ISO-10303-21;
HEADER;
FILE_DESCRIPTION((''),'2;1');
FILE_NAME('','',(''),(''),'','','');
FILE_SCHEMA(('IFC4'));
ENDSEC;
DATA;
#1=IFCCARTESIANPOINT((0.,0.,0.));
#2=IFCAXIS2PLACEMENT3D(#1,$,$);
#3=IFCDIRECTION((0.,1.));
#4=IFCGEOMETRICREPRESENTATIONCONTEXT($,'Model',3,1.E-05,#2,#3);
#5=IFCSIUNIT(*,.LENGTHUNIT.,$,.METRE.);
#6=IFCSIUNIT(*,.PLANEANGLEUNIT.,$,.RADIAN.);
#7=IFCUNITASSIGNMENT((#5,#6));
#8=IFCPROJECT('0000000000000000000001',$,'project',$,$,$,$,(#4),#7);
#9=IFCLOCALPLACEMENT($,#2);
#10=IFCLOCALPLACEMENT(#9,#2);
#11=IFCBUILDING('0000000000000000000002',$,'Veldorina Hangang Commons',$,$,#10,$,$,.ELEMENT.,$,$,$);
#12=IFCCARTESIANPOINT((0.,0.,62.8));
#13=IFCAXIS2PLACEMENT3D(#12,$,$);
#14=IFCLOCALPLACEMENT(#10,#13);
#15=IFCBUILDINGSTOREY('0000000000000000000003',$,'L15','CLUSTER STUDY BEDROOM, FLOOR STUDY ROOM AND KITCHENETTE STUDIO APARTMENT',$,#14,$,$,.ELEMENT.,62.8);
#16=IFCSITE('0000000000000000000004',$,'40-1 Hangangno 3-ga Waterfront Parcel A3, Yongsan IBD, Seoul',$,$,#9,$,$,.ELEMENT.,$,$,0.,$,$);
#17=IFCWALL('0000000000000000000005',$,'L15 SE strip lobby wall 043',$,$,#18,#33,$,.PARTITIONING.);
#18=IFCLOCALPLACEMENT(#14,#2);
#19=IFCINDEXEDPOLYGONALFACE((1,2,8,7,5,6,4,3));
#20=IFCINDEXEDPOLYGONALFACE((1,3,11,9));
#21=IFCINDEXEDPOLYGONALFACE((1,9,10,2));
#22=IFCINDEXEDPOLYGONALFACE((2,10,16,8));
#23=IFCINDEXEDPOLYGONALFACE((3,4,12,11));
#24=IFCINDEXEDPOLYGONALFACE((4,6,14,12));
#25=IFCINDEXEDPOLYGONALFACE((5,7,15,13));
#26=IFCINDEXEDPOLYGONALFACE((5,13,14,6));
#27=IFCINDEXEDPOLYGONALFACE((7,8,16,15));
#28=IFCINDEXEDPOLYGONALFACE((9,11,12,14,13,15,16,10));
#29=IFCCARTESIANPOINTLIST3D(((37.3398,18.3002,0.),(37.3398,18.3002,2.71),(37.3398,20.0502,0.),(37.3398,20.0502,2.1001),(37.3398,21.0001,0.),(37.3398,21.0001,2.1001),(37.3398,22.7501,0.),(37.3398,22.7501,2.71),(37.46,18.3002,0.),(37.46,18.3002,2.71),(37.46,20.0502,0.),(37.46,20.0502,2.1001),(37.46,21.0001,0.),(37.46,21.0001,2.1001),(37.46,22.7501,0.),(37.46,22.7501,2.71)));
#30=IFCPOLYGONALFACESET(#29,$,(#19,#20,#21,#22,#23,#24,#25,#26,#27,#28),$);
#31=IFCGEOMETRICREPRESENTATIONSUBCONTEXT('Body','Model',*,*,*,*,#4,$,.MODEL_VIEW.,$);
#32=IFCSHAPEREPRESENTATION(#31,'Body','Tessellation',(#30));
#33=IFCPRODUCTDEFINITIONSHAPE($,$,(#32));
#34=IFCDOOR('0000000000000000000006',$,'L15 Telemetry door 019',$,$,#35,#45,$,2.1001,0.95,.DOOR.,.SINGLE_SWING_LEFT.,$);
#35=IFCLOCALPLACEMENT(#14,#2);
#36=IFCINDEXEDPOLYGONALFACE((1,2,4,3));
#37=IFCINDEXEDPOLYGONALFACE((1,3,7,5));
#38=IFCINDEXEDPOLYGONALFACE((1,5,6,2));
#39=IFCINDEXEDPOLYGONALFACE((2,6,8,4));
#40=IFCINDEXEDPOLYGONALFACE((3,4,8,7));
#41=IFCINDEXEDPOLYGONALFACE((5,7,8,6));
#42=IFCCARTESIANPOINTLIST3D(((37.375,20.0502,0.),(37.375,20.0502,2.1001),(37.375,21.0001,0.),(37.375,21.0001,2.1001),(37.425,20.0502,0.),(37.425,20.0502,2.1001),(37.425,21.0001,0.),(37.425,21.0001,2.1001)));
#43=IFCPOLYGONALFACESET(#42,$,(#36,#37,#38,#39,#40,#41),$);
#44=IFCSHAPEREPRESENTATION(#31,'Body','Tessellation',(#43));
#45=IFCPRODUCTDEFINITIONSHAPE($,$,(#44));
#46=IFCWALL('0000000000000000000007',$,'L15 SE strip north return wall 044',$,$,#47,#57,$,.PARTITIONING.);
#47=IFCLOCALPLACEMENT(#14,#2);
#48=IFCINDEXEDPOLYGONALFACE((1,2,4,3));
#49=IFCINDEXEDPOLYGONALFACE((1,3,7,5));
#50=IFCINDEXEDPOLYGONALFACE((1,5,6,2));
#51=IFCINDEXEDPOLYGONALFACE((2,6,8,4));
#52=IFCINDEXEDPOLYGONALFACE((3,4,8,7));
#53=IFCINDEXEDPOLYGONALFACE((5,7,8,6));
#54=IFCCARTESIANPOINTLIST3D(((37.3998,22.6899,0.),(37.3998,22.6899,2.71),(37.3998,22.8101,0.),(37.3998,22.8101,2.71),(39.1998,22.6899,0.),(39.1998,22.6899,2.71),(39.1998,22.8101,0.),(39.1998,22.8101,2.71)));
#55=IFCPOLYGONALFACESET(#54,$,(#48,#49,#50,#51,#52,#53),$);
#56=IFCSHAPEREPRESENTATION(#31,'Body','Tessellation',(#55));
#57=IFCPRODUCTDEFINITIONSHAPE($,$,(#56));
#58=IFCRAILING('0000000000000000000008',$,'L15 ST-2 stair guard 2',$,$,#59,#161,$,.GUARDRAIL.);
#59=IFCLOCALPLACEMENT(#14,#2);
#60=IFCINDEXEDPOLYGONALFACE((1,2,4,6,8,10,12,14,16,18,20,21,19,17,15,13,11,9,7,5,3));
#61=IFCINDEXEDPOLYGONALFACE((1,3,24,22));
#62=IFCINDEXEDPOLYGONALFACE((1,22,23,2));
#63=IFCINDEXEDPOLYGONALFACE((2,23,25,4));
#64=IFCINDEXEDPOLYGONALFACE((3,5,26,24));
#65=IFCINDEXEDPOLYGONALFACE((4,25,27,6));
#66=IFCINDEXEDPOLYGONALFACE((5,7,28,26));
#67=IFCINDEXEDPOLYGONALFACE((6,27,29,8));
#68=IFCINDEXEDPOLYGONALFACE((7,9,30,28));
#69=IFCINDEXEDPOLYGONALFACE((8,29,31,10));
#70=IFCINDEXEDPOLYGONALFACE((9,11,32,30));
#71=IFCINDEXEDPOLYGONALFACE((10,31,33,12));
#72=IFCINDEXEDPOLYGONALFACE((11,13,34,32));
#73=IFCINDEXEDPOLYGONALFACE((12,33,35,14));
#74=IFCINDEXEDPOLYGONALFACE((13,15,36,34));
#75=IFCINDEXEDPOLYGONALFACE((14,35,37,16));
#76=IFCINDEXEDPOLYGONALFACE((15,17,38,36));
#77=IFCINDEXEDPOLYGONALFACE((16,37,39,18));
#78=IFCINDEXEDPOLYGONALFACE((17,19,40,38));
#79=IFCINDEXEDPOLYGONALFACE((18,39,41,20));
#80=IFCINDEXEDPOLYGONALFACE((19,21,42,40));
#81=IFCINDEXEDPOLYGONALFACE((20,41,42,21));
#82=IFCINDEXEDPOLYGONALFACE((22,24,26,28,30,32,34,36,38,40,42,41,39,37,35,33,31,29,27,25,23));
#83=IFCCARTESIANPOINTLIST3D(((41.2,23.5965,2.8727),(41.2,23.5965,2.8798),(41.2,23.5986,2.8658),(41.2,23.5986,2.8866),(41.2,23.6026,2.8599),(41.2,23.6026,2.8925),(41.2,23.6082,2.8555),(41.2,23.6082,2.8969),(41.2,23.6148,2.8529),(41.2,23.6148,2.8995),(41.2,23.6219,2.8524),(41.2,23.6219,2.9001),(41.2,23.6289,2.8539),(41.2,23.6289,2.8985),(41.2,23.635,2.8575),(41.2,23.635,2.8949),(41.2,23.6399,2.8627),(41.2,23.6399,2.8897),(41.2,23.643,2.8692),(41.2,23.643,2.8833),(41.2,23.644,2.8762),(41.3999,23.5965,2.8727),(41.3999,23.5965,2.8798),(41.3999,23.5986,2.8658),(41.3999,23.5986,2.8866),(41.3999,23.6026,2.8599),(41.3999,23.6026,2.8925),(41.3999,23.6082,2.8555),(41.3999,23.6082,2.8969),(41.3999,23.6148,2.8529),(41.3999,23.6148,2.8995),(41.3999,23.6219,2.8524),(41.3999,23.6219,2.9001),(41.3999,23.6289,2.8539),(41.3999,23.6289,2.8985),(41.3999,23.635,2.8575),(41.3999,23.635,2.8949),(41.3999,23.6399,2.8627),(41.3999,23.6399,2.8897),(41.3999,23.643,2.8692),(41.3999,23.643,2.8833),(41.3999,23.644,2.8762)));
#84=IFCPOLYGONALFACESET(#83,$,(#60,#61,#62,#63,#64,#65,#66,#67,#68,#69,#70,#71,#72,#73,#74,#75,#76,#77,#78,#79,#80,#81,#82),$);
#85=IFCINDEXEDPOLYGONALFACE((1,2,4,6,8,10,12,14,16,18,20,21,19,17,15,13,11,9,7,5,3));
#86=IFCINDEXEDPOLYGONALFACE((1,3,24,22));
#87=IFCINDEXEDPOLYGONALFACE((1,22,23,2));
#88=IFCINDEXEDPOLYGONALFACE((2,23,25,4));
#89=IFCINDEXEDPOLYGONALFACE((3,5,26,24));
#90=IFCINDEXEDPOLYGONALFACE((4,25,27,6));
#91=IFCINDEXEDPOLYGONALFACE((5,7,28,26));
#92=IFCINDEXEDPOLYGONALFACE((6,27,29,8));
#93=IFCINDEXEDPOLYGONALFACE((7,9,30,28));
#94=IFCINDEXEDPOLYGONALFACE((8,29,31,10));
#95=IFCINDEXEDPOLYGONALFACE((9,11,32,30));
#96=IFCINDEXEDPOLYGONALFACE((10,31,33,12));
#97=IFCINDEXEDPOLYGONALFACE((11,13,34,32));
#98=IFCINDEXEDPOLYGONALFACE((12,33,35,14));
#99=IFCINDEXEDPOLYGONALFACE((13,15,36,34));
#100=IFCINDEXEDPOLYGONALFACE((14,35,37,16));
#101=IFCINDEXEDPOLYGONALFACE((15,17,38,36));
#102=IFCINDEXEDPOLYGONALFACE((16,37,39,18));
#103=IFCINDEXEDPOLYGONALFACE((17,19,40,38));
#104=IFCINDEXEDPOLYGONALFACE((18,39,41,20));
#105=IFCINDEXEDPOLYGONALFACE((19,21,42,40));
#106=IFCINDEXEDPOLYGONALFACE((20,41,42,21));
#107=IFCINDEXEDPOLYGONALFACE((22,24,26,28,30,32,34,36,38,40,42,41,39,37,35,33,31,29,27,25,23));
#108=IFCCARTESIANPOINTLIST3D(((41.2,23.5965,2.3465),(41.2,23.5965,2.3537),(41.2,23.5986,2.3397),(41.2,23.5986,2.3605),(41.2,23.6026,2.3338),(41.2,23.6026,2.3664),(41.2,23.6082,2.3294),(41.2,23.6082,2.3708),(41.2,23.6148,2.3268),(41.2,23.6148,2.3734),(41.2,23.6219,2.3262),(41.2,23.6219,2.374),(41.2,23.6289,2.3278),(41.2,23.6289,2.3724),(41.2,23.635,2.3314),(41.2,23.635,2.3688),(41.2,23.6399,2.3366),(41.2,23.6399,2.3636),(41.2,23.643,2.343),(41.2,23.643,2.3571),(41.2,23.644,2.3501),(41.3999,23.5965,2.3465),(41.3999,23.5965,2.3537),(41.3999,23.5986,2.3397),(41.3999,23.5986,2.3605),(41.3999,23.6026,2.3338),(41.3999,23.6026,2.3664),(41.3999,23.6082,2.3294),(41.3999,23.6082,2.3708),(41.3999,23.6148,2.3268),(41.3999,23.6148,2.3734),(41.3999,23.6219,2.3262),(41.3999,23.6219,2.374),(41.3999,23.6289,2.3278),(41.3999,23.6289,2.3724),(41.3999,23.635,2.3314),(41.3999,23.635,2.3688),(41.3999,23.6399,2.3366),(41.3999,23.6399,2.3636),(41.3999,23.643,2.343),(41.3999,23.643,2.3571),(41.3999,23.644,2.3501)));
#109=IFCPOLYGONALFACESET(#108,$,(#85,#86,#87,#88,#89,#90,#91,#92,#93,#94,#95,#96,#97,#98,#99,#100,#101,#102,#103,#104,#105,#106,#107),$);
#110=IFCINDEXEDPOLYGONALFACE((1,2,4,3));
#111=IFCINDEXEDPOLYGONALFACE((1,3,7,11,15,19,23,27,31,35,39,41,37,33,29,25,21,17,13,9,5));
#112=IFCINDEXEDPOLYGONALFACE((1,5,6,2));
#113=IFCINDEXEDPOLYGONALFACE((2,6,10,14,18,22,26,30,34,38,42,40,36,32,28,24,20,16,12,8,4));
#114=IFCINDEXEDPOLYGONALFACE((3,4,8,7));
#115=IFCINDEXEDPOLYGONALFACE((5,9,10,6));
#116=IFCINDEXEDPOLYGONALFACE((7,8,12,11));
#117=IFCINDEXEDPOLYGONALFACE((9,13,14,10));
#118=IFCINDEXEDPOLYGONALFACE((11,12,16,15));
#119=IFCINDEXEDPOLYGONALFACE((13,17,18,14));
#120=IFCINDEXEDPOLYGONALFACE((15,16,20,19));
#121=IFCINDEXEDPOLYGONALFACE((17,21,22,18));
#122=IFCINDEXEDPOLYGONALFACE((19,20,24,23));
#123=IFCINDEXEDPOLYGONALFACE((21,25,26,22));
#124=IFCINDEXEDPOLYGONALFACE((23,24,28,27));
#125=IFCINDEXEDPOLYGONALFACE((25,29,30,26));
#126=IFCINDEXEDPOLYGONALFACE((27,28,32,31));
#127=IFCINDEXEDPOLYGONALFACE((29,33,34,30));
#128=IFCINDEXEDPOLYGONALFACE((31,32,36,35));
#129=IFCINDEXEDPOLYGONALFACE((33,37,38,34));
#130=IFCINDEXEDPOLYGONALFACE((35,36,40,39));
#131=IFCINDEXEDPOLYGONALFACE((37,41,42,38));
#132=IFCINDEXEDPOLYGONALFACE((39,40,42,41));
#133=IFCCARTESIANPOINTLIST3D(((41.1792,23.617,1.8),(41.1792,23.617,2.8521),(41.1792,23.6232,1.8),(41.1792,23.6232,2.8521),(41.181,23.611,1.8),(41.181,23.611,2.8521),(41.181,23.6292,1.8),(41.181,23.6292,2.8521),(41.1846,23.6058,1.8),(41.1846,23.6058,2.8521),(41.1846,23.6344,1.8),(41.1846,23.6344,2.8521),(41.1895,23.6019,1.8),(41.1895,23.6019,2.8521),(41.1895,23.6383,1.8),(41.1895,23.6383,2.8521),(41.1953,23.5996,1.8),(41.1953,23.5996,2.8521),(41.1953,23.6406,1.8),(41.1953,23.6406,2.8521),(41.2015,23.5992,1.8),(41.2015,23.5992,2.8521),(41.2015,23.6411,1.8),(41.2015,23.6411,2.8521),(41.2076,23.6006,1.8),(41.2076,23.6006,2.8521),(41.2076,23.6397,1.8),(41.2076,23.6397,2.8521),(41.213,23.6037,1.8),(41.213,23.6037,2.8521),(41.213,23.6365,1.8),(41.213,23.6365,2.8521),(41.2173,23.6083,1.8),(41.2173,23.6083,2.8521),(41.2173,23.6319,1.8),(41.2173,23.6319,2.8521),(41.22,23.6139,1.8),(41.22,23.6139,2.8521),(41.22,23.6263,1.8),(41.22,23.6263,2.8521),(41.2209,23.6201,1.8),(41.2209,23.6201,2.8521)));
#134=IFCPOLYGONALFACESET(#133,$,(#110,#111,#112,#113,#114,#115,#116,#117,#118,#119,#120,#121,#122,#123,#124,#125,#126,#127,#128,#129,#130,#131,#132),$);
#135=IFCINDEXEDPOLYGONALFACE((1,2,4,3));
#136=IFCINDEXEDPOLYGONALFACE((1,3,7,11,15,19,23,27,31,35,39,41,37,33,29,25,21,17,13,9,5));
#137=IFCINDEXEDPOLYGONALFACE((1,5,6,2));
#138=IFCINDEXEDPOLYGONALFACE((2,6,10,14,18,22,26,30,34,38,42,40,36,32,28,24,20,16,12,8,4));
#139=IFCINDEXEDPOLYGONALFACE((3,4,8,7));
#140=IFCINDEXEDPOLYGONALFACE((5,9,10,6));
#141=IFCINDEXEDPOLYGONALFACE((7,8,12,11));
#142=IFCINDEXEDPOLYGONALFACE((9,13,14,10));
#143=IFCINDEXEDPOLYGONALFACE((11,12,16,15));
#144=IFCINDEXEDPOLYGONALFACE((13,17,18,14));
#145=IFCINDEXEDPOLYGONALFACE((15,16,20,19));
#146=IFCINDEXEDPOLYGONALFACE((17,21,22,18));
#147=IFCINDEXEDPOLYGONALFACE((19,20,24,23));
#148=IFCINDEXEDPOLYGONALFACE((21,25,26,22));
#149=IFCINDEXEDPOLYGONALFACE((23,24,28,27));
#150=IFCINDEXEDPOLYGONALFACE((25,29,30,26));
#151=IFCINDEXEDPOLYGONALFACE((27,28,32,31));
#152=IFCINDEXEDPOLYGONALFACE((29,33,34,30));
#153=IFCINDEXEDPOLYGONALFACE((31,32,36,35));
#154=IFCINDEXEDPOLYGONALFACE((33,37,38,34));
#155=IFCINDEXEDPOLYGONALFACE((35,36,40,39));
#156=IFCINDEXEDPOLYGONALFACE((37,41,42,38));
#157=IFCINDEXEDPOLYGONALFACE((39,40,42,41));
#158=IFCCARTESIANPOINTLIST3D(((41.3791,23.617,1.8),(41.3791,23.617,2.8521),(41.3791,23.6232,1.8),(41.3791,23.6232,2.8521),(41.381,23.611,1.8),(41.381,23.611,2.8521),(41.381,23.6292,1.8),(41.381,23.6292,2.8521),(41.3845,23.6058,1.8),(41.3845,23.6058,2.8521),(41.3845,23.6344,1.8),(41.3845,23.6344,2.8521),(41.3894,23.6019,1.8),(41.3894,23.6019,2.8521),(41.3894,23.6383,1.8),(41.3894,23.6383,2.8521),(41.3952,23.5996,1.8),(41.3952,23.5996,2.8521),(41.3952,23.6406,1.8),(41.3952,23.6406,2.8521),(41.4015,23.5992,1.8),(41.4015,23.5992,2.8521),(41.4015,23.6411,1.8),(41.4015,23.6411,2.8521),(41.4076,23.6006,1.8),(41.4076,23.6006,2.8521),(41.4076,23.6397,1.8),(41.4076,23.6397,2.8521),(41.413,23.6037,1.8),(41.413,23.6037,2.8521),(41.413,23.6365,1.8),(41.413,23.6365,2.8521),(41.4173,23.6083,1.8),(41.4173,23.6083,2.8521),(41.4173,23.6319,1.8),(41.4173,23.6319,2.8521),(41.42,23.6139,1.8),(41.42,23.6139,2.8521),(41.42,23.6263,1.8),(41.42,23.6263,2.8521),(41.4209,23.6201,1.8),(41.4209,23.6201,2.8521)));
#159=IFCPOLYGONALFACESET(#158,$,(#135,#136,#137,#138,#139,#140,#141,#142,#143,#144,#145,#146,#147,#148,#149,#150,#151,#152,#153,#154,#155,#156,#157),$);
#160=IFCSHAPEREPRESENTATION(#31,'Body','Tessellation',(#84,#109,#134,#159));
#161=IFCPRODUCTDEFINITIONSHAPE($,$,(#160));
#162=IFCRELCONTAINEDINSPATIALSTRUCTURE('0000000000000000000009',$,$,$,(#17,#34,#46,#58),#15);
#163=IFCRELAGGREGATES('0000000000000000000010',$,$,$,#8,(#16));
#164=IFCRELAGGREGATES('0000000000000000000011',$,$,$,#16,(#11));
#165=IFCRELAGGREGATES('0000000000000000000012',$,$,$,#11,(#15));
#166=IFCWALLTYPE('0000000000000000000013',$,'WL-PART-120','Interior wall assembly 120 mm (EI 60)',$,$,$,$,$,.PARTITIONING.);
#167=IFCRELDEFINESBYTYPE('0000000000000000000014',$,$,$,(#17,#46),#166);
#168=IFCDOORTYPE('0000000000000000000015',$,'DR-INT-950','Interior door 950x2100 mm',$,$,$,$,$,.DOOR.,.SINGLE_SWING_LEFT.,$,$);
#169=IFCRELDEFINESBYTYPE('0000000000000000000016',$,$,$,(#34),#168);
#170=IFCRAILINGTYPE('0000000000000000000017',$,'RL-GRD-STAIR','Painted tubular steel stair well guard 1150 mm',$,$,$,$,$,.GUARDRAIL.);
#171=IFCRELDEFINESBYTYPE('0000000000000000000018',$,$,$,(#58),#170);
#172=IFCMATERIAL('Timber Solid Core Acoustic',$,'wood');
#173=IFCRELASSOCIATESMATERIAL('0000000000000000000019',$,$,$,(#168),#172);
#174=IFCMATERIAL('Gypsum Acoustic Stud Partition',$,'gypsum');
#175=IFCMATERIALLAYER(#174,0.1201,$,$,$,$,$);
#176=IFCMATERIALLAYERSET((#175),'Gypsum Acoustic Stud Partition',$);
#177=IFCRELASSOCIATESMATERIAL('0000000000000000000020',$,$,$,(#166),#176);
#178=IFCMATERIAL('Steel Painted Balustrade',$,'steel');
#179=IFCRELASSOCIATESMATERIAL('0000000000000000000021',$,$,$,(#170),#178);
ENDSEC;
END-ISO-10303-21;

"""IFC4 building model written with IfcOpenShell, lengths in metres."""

from ifc_helpers import new_model, si_unit, direction, frame, frame_2d, origin, origin_2d, place, context, subcontext, project, spatial, rectangle, circle, extrude, material, layer, layer_set, type_object, element, fill, save


model = new_model("IFC4")

# Units and contexts
model_context = context("Model", 3, precision=1e-05, world=origin(), true_north=direction((0.0, 1.0)))
body_context = subcontext(model_context, "Body", "Model", "MODEL_VIEW")
ifc_project = project(units=[si_unit("LENGTHUNIT", "METRE"), si_unit("PLANEANGLEUNIT", "RADIAN")], contexts=[model_context])

# Site, building, storey
site_placement = place(None, origin())
site = spatial("IfcSite", under=ifc_project, at=site_placement, Name="40-1 Hangangno 3-ga Waterfront Parcel A3, Yongsan IBD, Seoul", CompositionType="ELEMENT", RefElevation=0.0)
building_placement = place(site_placement, origin())
building = spatial("IfcBuilding", under=site, at=building_placement, Name="Veldorina Hangang Commons", CompositionType="ELEMENT")
storey_placement = place(building_placement, frame((0.0, 0.0, 62.8)))
storey = spatial("IfcBuildingStorey", under=building, at=storey_placement, Name="L15", Description="CLUSTER STUDY BEDROOM, FLOOR STUDY ROOM AND KITCHENETTE STUDIO APARTMENT", CompositionType="ELEMENT", Elevation=62.8)

# Shared definitions
ifc_material_1 = material(Name="Timber Solid Core Acoustic", Category="wood")
door_type_1 = type_object("IfcDoorType", Name="DR-INT-950", Description="Interior door 950x2100 mm", OperationType="SINGLE_SWING_LEFT", PredefinedType="DOOR", material=ifc_material_1)

# Wall, opening, door
ifc_material_2 = material(Name="Gypsum Acoustic Stud Partition", Category="gypsum")
ifc_layer_1 = layer(ifc_material_2, 0.1201)
ifc_layer_set_1 = layer_set([ifc_layer_1], Name="Gypsum Acoustic Stud Partition")
wall_type_1 = type_object("IfcWallType", Name="WL-PART-120", Description="Interior wall assembly 120 mm (EI 60)", PredefinedType="PARTITIONING", material=ifc_layer_set_1)
wall_1_placement = place(storey_placement, frame((37.3999, 18.3, 0.0), z_axis=(0.0, 0.0, 1.0), x_axis=(0.0, 1.0, 0.0)))
wall_1 = element("IfcWall", 1, at=wall_1_placement, inside=storey, type_object=wall_type_1, Name="L15 SE strip lobby wall 043", PredefinedType="PARTITIONING", context=body_context, shape_type="SweptSolid", body=[
    extrude(rectangle(XDim=4.45, YDim=0.1201, at=frame_2d((2.2251, 0.0))), origin(), (0.0, 0.0, 1.0), 2.71),
])
opening_1_placement = place(wall_1_placement, frame((1.75, 0.0, 0.0)))
opening_1 = element("IfcOpeningElement", 2, at=opening_1_placement, cuts=wall_1, PredefinedType="OPENING", context=body_context, shape_type="SweptSolid", body=[
    extrude(rectangle(XDim=0.95, YDim=2.1001, at=frame_2d((0.4751, 1.05))), frame((0.0, 0.0701, 0.0), z_axis=(0.0, -1.0, 0.0), x_axis=(1.0, 0.0, 0.0)), (0.0, 0.0, 1.0), 0.1401),
])
door_1_placement = place(opening_1_placement, origin())
door_1 = element("IfcDoor", 3, at=door_1_placement, inside=storey, type_object=door_type_1, Name="L15 Telemetry door 019", OperationType="SINGLE_SWING_LEFT", OverallHeight=2.1001, OverallWidth=0.95, PredefinedType="DOOR", context=body_context, shape_type="SweptSolid", body=[
    extrude(rectangle(XDim=0.95, YDim=2.1001, at=frame_2d((0.4751, 1.05))), frame((0.0, 0.0249, 0.0), z_axis=(0.0, -1.0, 0.0), x_axis=(1.0, 0.0, 0.0)), (0.0, 0.0, 1.0), 0.05),
])
fill(opening_1, door_1)

# Wall
wall_2_placement = place(storey_placement, frame((37.3999, 22.75, 0.0), z_axis=(0.0, 0.0, 1.0), x_axis=(1.0, 0.0, 0.0)))
element("IfcWall", 4, at=wall_2_placement, inside=storey, type_object=wall_type_1, Name="L15 SE strip north return wall 044", PredefinedType="PARTITIONING", context=body_context, shape_type="SweptSolid", body=[
    extrude(rectangle(XDim=1.8, YDim=0.1201, at=frame_2d((0.8999, 0.0))), origin(), (0.0, 0.0, 1.0), 2.71),
])

# Railing
ifc_material_3 = material(Name="Steel Painted Balustrade", Category="steel")
railing_type = type_object("IfcRailingType", Name="RL-GRD-STAIR", Description="Painted tubular steel stair well guard 1150 mm", PredefinedType="GUARDRAIL", material=ifc_material_3)
railing_1_placement = place(storey_placement, frame((41.2, 23.6201, 1.8)))
element("IfcRailing", 5, at=railing_1_placement, inside=storey, type_object=railing_type, Name="L15 ST-2 stair guard 2", PredefinedType="GUARDRAIL", context=body_context, shape_type="SweptSolid", body=[
    extrude(circle(Radius=0.0239, at=origin_2d()), frame((0.0, 0.0, 1.0762), z_axis=(1.0, 0.0, 0.0), x_axis=(0.0, 1.0, 0.0)), (0.0, 0.0, 1.0), 0.2),
    extrude(circle(Radius=0.0239, at=origin_2d()), frame((0.0, 0.0, 0.55), z_axis=(1.0, 0.0, 0.0), x_axis=(0.0, 1.0, 0.0)), (0.0, 0.0, 1.0), 0.2),
    extrude(circle(Radius=0.021, at=origin_2d()), origin(), (0.0, 0.0, 1.0), 1.052),
    extrude(circle(Radius=0.021, at=origin_2d()), frame((0.2, 0.0, 0.0)), (0.0, 0.0, 1.0), 1.052),
])

save(model, "model.ifc")
